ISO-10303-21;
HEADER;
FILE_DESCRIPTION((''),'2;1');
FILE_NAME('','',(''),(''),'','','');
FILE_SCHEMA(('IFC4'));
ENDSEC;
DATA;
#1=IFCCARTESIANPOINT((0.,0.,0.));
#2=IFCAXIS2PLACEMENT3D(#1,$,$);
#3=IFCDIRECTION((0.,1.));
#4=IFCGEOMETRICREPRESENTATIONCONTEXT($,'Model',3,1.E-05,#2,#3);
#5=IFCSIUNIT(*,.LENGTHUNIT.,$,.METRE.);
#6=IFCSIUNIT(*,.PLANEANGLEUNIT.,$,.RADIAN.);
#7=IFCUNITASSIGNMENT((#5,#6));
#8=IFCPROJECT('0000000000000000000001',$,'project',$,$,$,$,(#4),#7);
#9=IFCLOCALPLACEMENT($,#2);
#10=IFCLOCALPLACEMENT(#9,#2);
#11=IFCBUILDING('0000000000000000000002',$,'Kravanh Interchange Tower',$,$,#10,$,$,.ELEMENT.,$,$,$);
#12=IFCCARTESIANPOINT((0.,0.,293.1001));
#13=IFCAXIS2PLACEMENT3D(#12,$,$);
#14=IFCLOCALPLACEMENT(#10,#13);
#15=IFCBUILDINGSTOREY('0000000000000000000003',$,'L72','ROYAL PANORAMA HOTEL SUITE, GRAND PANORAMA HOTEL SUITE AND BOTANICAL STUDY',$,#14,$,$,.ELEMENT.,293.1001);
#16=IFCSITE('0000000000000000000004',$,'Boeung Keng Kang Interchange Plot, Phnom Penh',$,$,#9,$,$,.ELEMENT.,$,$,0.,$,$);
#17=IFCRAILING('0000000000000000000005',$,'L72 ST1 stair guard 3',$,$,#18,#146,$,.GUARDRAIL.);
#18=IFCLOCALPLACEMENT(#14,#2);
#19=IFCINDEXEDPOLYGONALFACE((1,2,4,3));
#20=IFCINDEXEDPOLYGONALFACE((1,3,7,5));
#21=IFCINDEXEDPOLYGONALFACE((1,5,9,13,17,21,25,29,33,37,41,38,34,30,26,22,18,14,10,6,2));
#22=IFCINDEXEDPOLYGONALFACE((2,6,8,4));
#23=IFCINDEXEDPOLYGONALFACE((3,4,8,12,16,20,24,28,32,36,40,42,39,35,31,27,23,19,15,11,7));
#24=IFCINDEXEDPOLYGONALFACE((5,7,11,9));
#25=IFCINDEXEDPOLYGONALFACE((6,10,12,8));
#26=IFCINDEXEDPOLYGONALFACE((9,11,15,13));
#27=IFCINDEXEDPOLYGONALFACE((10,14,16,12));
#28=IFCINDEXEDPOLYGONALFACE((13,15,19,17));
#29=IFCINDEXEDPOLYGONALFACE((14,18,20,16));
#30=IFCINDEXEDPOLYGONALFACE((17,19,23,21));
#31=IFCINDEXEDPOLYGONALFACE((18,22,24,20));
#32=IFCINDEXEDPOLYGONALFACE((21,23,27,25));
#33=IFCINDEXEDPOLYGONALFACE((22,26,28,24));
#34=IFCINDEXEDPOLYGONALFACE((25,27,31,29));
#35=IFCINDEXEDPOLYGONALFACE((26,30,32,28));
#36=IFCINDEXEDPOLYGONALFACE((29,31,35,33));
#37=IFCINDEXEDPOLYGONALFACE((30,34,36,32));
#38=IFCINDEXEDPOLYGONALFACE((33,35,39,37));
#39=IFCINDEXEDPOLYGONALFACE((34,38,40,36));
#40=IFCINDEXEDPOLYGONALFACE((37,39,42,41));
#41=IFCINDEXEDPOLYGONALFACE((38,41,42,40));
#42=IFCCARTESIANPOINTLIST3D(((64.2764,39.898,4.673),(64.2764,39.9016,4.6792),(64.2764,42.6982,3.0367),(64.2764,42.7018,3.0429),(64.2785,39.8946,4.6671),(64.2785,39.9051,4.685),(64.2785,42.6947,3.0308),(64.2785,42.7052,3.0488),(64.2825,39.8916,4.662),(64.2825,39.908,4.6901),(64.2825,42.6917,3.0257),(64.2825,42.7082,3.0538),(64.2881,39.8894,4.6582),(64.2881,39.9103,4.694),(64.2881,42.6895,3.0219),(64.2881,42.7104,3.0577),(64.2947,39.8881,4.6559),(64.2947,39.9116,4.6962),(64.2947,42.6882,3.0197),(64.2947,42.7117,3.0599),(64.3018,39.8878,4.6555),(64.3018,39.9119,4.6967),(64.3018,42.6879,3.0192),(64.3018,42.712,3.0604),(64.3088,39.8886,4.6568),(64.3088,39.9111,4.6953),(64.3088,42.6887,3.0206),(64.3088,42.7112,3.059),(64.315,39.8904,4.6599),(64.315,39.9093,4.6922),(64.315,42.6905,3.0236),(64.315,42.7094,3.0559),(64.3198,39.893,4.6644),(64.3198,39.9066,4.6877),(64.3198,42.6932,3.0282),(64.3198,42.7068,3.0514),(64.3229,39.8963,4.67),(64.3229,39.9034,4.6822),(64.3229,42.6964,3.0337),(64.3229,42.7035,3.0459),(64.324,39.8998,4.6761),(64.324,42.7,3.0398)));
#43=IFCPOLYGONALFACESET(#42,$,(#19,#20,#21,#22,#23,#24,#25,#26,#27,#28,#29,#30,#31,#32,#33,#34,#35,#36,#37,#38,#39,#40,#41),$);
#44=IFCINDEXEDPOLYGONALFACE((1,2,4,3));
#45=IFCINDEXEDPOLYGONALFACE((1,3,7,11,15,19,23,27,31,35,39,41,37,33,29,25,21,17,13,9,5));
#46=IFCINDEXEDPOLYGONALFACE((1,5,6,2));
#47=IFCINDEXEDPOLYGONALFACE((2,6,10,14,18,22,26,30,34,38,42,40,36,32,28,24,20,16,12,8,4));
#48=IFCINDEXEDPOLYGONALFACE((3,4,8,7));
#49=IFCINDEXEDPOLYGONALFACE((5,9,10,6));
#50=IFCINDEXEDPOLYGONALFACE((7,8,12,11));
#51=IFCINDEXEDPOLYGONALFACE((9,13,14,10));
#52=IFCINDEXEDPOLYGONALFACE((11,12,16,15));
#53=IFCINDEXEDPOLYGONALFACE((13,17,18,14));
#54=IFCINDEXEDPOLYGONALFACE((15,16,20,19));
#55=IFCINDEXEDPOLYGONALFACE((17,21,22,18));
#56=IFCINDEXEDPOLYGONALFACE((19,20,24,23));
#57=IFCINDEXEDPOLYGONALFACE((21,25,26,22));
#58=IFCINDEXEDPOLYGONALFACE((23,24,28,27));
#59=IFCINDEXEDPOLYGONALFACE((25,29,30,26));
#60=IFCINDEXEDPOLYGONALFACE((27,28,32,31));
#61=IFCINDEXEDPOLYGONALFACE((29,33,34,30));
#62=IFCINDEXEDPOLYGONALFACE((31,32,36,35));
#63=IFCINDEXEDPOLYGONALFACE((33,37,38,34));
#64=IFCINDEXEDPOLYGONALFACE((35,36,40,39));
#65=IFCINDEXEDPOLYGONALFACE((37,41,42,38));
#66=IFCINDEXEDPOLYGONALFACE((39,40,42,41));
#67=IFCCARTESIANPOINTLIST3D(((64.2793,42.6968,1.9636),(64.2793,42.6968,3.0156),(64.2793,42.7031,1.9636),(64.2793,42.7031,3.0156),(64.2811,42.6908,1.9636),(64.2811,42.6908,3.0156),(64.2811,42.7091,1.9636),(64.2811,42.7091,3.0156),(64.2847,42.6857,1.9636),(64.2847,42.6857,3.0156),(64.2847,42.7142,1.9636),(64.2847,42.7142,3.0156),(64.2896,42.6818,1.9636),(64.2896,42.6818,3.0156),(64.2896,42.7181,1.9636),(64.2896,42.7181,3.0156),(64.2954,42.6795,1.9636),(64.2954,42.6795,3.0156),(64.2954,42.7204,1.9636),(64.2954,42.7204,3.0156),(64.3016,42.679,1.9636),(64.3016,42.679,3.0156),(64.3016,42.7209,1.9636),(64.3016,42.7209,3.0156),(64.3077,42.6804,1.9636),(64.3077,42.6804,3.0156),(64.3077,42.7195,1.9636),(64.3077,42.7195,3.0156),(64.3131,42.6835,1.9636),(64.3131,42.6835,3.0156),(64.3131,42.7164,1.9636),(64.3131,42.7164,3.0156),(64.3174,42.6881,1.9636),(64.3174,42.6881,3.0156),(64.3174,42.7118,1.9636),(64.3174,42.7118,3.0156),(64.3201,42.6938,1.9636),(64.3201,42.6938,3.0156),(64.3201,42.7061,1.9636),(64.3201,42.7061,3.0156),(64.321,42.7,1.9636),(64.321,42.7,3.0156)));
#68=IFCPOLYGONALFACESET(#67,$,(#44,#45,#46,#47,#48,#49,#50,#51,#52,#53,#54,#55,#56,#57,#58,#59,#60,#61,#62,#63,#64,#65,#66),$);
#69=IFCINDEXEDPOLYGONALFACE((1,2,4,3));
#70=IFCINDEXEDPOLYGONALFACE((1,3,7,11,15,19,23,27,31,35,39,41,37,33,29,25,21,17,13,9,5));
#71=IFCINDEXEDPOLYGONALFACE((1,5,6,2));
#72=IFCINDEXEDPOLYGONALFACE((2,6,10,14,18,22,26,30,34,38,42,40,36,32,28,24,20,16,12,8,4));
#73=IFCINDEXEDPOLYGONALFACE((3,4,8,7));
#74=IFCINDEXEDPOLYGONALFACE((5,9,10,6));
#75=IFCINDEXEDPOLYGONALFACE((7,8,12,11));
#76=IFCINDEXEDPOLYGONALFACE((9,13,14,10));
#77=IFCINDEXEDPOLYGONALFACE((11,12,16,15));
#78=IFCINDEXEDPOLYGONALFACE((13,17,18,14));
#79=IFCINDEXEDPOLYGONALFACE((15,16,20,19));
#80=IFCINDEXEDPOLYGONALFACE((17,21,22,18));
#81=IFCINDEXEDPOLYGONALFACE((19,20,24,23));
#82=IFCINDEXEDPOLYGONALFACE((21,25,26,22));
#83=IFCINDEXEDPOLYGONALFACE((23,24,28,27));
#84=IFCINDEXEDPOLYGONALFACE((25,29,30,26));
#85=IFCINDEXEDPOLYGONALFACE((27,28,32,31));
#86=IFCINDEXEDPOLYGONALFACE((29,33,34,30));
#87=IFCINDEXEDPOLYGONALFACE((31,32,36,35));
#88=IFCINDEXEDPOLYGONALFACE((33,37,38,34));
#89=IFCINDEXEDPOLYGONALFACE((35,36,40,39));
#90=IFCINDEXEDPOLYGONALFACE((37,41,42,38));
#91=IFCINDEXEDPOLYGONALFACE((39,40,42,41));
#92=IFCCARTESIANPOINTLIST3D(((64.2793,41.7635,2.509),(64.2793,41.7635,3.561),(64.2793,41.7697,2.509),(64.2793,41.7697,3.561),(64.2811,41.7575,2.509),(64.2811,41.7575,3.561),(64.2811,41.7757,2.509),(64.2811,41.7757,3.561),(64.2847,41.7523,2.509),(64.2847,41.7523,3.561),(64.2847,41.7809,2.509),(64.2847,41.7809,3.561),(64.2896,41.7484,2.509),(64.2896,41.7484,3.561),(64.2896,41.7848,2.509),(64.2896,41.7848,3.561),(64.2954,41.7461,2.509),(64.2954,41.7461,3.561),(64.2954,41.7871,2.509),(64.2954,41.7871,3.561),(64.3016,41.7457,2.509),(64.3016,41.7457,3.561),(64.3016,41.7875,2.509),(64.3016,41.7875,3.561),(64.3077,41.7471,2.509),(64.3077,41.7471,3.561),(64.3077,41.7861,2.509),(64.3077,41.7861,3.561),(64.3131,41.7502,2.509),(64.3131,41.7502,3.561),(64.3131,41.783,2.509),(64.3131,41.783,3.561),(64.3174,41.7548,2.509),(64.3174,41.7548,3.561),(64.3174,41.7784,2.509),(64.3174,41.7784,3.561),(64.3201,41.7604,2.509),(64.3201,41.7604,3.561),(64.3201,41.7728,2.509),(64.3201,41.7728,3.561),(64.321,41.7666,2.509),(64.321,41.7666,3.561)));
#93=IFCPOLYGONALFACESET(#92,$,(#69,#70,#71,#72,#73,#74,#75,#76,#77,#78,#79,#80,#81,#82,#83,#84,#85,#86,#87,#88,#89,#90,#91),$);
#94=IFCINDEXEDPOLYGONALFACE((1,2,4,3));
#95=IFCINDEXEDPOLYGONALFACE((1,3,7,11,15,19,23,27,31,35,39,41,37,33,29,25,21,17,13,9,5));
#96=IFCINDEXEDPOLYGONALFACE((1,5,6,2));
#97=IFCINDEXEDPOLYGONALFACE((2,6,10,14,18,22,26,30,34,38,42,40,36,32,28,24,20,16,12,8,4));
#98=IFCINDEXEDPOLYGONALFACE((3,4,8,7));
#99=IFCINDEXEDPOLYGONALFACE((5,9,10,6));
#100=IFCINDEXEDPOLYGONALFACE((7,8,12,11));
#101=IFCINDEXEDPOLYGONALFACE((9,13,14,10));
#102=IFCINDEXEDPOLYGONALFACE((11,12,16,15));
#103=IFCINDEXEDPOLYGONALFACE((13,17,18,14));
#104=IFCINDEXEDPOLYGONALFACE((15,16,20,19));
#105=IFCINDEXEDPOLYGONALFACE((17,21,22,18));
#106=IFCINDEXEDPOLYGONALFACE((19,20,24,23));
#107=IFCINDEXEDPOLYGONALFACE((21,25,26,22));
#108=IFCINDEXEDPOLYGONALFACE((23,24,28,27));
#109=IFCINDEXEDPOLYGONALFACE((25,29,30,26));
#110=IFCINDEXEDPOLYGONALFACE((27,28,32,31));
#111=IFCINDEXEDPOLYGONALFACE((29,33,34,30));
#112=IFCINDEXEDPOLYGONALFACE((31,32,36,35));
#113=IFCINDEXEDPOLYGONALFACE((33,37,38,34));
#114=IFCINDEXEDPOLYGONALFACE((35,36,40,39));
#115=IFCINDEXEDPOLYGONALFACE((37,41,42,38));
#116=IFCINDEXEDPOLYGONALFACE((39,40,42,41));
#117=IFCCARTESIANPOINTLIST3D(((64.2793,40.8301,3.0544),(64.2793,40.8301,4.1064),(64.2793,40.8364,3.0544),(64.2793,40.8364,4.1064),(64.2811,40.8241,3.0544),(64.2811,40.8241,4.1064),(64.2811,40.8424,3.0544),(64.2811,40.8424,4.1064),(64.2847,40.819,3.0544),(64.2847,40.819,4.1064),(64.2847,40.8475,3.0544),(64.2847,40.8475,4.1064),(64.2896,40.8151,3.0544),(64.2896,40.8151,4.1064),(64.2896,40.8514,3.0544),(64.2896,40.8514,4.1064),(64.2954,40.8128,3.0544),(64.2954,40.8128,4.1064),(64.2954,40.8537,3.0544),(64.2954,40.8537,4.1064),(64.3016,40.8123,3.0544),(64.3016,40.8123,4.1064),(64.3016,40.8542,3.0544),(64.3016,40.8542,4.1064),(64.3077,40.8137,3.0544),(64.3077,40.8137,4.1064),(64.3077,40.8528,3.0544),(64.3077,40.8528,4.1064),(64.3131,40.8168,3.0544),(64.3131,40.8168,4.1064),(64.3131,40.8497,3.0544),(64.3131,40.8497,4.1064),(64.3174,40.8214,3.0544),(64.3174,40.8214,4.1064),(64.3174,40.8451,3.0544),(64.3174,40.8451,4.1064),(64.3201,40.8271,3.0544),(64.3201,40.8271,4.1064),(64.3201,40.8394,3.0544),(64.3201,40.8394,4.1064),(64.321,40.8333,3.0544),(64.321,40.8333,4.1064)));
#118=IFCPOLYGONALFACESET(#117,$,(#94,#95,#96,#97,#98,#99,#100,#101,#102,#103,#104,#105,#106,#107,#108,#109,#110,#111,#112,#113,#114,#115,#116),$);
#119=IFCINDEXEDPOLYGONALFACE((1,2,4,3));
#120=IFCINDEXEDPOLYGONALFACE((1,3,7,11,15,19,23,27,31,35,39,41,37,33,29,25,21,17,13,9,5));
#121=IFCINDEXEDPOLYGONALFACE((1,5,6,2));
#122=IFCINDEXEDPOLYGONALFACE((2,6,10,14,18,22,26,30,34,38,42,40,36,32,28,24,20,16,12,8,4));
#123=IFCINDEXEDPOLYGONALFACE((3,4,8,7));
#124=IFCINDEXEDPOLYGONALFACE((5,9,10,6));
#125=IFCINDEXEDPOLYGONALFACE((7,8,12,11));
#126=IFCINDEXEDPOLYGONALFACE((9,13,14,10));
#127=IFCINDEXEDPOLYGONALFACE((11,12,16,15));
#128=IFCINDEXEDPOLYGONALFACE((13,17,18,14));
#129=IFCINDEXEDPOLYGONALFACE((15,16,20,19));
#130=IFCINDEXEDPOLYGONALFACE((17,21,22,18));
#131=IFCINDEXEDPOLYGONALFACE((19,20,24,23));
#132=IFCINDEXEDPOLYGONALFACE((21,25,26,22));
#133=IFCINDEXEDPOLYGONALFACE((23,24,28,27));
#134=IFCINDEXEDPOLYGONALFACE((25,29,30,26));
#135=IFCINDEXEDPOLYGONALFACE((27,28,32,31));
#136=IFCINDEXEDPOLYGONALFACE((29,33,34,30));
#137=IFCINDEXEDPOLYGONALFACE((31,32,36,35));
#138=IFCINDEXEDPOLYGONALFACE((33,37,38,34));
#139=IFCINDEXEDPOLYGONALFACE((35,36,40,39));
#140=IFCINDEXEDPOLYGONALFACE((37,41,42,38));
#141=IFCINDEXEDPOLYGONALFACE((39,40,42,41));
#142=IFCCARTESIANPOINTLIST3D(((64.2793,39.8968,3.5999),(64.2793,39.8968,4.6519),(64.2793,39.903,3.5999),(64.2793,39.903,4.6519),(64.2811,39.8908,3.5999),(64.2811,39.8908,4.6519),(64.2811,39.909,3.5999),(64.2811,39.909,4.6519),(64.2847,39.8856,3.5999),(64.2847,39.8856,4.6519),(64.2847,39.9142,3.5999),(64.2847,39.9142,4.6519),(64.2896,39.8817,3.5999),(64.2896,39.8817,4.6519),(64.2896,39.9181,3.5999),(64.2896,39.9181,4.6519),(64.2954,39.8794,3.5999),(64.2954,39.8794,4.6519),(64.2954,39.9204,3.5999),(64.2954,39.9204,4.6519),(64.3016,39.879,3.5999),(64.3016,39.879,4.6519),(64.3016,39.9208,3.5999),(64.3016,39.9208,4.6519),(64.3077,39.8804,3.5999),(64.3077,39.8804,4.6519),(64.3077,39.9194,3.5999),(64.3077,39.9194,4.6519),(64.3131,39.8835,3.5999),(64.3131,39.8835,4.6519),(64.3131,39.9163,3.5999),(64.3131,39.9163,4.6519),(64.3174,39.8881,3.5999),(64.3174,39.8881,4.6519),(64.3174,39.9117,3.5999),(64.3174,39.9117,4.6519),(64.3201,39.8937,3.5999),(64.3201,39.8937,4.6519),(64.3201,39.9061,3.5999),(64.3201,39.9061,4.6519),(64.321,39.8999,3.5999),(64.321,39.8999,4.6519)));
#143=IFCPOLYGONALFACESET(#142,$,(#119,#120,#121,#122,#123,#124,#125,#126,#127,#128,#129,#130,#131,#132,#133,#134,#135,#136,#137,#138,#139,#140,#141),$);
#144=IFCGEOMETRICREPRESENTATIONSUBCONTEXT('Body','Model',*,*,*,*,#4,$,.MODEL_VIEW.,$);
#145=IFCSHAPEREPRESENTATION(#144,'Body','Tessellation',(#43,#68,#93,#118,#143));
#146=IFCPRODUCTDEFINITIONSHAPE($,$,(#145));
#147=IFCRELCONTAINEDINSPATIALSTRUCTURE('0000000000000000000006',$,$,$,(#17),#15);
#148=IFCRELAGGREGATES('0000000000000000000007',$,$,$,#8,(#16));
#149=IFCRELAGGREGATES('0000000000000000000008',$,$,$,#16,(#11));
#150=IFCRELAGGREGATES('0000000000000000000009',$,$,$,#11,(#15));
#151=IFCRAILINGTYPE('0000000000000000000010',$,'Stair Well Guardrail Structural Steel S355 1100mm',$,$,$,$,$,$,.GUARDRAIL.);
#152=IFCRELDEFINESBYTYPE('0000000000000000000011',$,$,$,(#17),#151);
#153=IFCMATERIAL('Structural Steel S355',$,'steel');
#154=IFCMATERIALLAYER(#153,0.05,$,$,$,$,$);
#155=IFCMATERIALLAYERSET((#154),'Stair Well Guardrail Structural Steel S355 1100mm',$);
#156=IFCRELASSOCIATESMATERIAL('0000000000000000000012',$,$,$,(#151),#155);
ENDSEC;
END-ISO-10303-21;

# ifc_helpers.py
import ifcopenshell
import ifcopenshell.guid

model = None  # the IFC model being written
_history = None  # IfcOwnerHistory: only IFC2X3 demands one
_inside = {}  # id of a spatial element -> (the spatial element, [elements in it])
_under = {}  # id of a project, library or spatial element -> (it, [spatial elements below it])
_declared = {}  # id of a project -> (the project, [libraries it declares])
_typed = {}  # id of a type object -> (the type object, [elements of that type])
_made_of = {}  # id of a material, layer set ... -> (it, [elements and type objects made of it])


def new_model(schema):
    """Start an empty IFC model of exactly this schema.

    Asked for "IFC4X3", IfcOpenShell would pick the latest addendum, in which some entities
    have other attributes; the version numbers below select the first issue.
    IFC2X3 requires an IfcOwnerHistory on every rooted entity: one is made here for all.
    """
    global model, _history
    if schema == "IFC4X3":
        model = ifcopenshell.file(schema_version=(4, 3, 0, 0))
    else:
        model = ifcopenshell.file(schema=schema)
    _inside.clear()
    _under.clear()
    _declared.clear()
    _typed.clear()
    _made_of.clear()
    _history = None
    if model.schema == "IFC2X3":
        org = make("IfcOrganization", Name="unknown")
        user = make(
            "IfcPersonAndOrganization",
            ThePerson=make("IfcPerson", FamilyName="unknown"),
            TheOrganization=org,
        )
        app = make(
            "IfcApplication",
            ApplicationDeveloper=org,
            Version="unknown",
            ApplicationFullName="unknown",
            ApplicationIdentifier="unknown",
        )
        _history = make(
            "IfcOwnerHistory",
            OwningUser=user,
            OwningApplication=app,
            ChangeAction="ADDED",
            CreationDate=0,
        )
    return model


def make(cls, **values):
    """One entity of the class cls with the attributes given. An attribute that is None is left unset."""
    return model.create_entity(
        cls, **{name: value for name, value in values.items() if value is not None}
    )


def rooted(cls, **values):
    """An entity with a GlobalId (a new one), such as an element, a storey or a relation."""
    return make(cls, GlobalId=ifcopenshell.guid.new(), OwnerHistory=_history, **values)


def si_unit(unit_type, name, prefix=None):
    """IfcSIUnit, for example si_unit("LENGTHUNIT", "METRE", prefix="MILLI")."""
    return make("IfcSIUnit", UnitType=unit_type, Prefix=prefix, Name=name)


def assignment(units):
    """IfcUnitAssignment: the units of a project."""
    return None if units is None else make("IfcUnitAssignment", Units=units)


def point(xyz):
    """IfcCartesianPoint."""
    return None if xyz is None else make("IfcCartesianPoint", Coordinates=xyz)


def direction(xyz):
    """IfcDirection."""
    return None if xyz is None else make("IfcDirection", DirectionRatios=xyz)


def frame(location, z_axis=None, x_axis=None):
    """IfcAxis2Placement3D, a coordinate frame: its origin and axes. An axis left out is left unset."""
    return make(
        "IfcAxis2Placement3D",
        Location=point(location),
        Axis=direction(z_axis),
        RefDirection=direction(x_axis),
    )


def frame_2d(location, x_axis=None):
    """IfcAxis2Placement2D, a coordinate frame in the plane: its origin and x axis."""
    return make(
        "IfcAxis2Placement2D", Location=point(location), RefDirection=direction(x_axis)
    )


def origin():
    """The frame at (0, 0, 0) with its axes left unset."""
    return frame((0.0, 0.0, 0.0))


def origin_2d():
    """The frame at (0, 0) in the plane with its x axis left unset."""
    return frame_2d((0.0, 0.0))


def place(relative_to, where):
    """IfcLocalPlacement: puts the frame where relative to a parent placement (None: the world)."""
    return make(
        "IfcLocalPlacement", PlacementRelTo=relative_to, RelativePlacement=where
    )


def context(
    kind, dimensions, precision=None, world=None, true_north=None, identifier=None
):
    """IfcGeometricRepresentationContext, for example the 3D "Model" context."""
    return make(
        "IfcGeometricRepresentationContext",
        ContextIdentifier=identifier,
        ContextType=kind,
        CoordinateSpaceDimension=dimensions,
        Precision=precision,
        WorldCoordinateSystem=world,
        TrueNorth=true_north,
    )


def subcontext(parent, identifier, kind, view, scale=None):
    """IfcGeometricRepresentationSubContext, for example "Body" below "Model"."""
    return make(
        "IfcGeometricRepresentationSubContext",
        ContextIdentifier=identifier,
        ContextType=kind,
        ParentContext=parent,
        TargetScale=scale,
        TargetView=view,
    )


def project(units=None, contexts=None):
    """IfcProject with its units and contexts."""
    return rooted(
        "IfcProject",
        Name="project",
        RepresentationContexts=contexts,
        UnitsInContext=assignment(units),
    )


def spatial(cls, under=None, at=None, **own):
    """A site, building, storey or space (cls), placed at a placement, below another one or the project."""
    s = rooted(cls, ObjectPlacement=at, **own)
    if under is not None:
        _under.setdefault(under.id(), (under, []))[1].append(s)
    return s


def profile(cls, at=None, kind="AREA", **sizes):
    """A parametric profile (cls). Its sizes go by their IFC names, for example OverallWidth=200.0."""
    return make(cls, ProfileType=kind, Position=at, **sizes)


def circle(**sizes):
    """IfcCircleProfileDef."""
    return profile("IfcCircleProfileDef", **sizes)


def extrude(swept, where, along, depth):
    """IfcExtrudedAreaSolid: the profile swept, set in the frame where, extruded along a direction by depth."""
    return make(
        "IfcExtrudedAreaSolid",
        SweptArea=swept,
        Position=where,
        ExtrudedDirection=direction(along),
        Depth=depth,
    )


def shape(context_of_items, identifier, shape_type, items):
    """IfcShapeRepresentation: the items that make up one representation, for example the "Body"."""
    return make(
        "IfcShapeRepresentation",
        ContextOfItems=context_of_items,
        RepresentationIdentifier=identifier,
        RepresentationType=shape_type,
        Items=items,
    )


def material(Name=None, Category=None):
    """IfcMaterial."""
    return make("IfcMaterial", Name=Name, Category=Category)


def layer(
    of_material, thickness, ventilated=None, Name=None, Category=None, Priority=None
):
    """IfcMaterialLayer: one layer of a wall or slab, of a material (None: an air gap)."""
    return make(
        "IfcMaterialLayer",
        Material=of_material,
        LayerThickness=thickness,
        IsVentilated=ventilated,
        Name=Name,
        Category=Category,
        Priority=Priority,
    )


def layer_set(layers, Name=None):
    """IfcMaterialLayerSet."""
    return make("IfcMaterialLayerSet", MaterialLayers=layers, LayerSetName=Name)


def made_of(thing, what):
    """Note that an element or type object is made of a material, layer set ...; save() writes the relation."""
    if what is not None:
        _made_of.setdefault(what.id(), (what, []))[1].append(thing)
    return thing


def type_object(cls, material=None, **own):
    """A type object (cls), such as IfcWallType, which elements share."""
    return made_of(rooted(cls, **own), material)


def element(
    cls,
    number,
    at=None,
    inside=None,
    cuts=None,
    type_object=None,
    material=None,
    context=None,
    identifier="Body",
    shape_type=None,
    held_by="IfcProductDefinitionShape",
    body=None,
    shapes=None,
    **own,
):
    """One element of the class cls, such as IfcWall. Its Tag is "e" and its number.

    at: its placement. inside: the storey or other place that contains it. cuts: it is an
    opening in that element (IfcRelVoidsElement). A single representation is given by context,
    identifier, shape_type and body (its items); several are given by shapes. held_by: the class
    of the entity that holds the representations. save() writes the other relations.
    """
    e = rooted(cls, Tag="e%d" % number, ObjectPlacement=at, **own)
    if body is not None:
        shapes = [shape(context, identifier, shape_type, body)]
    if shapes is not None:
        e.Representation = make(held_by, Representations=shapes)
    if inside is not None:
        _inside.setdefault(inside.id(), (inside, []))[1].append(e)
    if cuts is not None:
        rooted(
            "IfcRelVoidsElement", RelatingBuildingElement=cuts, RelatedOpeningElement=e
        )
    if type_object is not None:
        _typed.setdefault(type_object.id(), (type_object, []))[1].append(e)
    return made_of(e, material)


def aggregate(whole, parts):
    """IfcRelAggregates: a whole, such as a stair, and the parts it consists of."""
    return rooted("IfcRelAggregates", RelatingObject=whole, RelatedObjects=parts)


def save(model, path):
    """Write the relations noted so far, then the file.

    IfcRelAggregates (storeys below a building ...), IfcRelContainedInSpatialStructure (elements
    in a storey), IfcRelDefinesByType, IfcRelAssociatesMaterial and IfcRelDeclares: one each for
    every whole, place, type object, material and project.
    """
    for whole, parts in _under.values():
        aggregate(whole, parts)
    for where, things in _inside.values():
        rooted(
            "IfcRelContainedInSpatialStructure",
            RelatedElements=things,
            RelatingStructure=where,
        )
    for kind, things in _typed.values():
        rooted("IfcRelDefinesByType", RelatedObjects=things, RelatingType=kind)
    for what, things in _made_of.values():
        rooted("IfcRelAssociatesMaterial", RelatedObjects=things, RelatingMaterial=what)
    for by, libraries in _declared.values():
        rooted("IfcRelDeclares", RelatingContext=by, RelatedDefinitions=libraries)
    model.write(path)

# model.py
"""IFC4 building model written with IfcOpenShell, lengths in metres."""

from ifc_helpers import new_model, si_unit, direction, frame, origin, origin_2d, place, context, subcontext, project, spatial, circle, extrude, material, layer, layer_set, type_object, element, save


model = new_model("IFC4")

# Units and contexts
model_context = context("Model", 3, precision=1e-05, world=origin(), true_north=direction((0.0, 1.0)))
body_context = subcontext(model_context, "Body", "Model", "MODEL_VIEW")
ifc_project = project(units=[si_unit("LENGTHUNIT", "METRE"), si_unit("PLANEANGLEUNIT", "RADIAN")], contexts=[model_context])

# Site, building, storey
site_placement = place(None, origin())
site = spatial("IfcSite", under=ifc_project, at=site_placement, Name="Boeung Keng Kang Interchange Plot, Phnom Penh", CompositionType="ELEMENT", RefElevation=0.0)
building_placement = place(site_placement, origin())
building = spatial("IfcBuilding", under=site, at=building_placement, Name="Kravanh Interchange Tower", CompositionType="ELEMENT")
storey_placement = place(building_placement, frame((0.0, 0.0, 293.1001)))
storey = spatial("IfcBuildingStorey", under=building, at=storey_placement, Name="L72", Description="ROYAL PANORAMA HOTEL SUITE, GRAND PANORAMA HOTEL SUITE AND BOTANICAL STUDY", CompositionType="ELEMENT", Elevation=293.1001)

# Railing
ifc_material_1 = material(Name="Structural Steel S355", Category="steel")
ifc_layer_1 = layer(ifc_material_1, 0.05)
ifc_layer_set_1 = layer_set([ifc_layer_1], Name="Stair Well Guardrail Structural Steel S355 1100mm")
railing_type_1 = type_object("IfcRailingType", Name="Stair Well Guardrail Structural Steel S355 1100mm", PredefinedType="GUARDRAIL", material=ifc_layer_set_1)
railing_1_placement = place(storey_placement, frame((64.3, 42.7, 1.9636)))
element("IfcRailing", 1, at=railing_1_placement, inside=storey, type_object=railing_type_1, Name="L72 ST1 stair guard 3", PredefinedType="GUARDRAIL", context=body_context, shape_type="SweptSolid", body=[
    extrude(circle(Radius=0.0239, at=origin_2d()), frame((0.0, 0.0, 1.0762), z_axis=(0.0, -0.863394, 0.504531), x_axis=(1.0, 0.0, 0.0)), (0.0, 0.0, 1.0), 3.2432),
    extrude(circle(Radius=0.021, at=origin_2d()), origin(), (0.0, 0.0, 1.0), 1.052),
    extrude(circle(Radius=0.021, at=origin_2d()), frame((0.0, -0.9333, 0.5454)), (0.0, 0.0, 1.0), 1.052),
    extrude(circle(Radius=0.021, at=origin_2d()), frame((0.0, -1.8667, 1.0908)), (0.0, 0.0, 1.0), 1.052),
    extrude(circle(Radius=0.021, at=origin_2d()), frame((0.0, -2.8, 1.6362)), (0.0, 0.0, 1.0), 1.052),
])

save(model, "model.ifc")
